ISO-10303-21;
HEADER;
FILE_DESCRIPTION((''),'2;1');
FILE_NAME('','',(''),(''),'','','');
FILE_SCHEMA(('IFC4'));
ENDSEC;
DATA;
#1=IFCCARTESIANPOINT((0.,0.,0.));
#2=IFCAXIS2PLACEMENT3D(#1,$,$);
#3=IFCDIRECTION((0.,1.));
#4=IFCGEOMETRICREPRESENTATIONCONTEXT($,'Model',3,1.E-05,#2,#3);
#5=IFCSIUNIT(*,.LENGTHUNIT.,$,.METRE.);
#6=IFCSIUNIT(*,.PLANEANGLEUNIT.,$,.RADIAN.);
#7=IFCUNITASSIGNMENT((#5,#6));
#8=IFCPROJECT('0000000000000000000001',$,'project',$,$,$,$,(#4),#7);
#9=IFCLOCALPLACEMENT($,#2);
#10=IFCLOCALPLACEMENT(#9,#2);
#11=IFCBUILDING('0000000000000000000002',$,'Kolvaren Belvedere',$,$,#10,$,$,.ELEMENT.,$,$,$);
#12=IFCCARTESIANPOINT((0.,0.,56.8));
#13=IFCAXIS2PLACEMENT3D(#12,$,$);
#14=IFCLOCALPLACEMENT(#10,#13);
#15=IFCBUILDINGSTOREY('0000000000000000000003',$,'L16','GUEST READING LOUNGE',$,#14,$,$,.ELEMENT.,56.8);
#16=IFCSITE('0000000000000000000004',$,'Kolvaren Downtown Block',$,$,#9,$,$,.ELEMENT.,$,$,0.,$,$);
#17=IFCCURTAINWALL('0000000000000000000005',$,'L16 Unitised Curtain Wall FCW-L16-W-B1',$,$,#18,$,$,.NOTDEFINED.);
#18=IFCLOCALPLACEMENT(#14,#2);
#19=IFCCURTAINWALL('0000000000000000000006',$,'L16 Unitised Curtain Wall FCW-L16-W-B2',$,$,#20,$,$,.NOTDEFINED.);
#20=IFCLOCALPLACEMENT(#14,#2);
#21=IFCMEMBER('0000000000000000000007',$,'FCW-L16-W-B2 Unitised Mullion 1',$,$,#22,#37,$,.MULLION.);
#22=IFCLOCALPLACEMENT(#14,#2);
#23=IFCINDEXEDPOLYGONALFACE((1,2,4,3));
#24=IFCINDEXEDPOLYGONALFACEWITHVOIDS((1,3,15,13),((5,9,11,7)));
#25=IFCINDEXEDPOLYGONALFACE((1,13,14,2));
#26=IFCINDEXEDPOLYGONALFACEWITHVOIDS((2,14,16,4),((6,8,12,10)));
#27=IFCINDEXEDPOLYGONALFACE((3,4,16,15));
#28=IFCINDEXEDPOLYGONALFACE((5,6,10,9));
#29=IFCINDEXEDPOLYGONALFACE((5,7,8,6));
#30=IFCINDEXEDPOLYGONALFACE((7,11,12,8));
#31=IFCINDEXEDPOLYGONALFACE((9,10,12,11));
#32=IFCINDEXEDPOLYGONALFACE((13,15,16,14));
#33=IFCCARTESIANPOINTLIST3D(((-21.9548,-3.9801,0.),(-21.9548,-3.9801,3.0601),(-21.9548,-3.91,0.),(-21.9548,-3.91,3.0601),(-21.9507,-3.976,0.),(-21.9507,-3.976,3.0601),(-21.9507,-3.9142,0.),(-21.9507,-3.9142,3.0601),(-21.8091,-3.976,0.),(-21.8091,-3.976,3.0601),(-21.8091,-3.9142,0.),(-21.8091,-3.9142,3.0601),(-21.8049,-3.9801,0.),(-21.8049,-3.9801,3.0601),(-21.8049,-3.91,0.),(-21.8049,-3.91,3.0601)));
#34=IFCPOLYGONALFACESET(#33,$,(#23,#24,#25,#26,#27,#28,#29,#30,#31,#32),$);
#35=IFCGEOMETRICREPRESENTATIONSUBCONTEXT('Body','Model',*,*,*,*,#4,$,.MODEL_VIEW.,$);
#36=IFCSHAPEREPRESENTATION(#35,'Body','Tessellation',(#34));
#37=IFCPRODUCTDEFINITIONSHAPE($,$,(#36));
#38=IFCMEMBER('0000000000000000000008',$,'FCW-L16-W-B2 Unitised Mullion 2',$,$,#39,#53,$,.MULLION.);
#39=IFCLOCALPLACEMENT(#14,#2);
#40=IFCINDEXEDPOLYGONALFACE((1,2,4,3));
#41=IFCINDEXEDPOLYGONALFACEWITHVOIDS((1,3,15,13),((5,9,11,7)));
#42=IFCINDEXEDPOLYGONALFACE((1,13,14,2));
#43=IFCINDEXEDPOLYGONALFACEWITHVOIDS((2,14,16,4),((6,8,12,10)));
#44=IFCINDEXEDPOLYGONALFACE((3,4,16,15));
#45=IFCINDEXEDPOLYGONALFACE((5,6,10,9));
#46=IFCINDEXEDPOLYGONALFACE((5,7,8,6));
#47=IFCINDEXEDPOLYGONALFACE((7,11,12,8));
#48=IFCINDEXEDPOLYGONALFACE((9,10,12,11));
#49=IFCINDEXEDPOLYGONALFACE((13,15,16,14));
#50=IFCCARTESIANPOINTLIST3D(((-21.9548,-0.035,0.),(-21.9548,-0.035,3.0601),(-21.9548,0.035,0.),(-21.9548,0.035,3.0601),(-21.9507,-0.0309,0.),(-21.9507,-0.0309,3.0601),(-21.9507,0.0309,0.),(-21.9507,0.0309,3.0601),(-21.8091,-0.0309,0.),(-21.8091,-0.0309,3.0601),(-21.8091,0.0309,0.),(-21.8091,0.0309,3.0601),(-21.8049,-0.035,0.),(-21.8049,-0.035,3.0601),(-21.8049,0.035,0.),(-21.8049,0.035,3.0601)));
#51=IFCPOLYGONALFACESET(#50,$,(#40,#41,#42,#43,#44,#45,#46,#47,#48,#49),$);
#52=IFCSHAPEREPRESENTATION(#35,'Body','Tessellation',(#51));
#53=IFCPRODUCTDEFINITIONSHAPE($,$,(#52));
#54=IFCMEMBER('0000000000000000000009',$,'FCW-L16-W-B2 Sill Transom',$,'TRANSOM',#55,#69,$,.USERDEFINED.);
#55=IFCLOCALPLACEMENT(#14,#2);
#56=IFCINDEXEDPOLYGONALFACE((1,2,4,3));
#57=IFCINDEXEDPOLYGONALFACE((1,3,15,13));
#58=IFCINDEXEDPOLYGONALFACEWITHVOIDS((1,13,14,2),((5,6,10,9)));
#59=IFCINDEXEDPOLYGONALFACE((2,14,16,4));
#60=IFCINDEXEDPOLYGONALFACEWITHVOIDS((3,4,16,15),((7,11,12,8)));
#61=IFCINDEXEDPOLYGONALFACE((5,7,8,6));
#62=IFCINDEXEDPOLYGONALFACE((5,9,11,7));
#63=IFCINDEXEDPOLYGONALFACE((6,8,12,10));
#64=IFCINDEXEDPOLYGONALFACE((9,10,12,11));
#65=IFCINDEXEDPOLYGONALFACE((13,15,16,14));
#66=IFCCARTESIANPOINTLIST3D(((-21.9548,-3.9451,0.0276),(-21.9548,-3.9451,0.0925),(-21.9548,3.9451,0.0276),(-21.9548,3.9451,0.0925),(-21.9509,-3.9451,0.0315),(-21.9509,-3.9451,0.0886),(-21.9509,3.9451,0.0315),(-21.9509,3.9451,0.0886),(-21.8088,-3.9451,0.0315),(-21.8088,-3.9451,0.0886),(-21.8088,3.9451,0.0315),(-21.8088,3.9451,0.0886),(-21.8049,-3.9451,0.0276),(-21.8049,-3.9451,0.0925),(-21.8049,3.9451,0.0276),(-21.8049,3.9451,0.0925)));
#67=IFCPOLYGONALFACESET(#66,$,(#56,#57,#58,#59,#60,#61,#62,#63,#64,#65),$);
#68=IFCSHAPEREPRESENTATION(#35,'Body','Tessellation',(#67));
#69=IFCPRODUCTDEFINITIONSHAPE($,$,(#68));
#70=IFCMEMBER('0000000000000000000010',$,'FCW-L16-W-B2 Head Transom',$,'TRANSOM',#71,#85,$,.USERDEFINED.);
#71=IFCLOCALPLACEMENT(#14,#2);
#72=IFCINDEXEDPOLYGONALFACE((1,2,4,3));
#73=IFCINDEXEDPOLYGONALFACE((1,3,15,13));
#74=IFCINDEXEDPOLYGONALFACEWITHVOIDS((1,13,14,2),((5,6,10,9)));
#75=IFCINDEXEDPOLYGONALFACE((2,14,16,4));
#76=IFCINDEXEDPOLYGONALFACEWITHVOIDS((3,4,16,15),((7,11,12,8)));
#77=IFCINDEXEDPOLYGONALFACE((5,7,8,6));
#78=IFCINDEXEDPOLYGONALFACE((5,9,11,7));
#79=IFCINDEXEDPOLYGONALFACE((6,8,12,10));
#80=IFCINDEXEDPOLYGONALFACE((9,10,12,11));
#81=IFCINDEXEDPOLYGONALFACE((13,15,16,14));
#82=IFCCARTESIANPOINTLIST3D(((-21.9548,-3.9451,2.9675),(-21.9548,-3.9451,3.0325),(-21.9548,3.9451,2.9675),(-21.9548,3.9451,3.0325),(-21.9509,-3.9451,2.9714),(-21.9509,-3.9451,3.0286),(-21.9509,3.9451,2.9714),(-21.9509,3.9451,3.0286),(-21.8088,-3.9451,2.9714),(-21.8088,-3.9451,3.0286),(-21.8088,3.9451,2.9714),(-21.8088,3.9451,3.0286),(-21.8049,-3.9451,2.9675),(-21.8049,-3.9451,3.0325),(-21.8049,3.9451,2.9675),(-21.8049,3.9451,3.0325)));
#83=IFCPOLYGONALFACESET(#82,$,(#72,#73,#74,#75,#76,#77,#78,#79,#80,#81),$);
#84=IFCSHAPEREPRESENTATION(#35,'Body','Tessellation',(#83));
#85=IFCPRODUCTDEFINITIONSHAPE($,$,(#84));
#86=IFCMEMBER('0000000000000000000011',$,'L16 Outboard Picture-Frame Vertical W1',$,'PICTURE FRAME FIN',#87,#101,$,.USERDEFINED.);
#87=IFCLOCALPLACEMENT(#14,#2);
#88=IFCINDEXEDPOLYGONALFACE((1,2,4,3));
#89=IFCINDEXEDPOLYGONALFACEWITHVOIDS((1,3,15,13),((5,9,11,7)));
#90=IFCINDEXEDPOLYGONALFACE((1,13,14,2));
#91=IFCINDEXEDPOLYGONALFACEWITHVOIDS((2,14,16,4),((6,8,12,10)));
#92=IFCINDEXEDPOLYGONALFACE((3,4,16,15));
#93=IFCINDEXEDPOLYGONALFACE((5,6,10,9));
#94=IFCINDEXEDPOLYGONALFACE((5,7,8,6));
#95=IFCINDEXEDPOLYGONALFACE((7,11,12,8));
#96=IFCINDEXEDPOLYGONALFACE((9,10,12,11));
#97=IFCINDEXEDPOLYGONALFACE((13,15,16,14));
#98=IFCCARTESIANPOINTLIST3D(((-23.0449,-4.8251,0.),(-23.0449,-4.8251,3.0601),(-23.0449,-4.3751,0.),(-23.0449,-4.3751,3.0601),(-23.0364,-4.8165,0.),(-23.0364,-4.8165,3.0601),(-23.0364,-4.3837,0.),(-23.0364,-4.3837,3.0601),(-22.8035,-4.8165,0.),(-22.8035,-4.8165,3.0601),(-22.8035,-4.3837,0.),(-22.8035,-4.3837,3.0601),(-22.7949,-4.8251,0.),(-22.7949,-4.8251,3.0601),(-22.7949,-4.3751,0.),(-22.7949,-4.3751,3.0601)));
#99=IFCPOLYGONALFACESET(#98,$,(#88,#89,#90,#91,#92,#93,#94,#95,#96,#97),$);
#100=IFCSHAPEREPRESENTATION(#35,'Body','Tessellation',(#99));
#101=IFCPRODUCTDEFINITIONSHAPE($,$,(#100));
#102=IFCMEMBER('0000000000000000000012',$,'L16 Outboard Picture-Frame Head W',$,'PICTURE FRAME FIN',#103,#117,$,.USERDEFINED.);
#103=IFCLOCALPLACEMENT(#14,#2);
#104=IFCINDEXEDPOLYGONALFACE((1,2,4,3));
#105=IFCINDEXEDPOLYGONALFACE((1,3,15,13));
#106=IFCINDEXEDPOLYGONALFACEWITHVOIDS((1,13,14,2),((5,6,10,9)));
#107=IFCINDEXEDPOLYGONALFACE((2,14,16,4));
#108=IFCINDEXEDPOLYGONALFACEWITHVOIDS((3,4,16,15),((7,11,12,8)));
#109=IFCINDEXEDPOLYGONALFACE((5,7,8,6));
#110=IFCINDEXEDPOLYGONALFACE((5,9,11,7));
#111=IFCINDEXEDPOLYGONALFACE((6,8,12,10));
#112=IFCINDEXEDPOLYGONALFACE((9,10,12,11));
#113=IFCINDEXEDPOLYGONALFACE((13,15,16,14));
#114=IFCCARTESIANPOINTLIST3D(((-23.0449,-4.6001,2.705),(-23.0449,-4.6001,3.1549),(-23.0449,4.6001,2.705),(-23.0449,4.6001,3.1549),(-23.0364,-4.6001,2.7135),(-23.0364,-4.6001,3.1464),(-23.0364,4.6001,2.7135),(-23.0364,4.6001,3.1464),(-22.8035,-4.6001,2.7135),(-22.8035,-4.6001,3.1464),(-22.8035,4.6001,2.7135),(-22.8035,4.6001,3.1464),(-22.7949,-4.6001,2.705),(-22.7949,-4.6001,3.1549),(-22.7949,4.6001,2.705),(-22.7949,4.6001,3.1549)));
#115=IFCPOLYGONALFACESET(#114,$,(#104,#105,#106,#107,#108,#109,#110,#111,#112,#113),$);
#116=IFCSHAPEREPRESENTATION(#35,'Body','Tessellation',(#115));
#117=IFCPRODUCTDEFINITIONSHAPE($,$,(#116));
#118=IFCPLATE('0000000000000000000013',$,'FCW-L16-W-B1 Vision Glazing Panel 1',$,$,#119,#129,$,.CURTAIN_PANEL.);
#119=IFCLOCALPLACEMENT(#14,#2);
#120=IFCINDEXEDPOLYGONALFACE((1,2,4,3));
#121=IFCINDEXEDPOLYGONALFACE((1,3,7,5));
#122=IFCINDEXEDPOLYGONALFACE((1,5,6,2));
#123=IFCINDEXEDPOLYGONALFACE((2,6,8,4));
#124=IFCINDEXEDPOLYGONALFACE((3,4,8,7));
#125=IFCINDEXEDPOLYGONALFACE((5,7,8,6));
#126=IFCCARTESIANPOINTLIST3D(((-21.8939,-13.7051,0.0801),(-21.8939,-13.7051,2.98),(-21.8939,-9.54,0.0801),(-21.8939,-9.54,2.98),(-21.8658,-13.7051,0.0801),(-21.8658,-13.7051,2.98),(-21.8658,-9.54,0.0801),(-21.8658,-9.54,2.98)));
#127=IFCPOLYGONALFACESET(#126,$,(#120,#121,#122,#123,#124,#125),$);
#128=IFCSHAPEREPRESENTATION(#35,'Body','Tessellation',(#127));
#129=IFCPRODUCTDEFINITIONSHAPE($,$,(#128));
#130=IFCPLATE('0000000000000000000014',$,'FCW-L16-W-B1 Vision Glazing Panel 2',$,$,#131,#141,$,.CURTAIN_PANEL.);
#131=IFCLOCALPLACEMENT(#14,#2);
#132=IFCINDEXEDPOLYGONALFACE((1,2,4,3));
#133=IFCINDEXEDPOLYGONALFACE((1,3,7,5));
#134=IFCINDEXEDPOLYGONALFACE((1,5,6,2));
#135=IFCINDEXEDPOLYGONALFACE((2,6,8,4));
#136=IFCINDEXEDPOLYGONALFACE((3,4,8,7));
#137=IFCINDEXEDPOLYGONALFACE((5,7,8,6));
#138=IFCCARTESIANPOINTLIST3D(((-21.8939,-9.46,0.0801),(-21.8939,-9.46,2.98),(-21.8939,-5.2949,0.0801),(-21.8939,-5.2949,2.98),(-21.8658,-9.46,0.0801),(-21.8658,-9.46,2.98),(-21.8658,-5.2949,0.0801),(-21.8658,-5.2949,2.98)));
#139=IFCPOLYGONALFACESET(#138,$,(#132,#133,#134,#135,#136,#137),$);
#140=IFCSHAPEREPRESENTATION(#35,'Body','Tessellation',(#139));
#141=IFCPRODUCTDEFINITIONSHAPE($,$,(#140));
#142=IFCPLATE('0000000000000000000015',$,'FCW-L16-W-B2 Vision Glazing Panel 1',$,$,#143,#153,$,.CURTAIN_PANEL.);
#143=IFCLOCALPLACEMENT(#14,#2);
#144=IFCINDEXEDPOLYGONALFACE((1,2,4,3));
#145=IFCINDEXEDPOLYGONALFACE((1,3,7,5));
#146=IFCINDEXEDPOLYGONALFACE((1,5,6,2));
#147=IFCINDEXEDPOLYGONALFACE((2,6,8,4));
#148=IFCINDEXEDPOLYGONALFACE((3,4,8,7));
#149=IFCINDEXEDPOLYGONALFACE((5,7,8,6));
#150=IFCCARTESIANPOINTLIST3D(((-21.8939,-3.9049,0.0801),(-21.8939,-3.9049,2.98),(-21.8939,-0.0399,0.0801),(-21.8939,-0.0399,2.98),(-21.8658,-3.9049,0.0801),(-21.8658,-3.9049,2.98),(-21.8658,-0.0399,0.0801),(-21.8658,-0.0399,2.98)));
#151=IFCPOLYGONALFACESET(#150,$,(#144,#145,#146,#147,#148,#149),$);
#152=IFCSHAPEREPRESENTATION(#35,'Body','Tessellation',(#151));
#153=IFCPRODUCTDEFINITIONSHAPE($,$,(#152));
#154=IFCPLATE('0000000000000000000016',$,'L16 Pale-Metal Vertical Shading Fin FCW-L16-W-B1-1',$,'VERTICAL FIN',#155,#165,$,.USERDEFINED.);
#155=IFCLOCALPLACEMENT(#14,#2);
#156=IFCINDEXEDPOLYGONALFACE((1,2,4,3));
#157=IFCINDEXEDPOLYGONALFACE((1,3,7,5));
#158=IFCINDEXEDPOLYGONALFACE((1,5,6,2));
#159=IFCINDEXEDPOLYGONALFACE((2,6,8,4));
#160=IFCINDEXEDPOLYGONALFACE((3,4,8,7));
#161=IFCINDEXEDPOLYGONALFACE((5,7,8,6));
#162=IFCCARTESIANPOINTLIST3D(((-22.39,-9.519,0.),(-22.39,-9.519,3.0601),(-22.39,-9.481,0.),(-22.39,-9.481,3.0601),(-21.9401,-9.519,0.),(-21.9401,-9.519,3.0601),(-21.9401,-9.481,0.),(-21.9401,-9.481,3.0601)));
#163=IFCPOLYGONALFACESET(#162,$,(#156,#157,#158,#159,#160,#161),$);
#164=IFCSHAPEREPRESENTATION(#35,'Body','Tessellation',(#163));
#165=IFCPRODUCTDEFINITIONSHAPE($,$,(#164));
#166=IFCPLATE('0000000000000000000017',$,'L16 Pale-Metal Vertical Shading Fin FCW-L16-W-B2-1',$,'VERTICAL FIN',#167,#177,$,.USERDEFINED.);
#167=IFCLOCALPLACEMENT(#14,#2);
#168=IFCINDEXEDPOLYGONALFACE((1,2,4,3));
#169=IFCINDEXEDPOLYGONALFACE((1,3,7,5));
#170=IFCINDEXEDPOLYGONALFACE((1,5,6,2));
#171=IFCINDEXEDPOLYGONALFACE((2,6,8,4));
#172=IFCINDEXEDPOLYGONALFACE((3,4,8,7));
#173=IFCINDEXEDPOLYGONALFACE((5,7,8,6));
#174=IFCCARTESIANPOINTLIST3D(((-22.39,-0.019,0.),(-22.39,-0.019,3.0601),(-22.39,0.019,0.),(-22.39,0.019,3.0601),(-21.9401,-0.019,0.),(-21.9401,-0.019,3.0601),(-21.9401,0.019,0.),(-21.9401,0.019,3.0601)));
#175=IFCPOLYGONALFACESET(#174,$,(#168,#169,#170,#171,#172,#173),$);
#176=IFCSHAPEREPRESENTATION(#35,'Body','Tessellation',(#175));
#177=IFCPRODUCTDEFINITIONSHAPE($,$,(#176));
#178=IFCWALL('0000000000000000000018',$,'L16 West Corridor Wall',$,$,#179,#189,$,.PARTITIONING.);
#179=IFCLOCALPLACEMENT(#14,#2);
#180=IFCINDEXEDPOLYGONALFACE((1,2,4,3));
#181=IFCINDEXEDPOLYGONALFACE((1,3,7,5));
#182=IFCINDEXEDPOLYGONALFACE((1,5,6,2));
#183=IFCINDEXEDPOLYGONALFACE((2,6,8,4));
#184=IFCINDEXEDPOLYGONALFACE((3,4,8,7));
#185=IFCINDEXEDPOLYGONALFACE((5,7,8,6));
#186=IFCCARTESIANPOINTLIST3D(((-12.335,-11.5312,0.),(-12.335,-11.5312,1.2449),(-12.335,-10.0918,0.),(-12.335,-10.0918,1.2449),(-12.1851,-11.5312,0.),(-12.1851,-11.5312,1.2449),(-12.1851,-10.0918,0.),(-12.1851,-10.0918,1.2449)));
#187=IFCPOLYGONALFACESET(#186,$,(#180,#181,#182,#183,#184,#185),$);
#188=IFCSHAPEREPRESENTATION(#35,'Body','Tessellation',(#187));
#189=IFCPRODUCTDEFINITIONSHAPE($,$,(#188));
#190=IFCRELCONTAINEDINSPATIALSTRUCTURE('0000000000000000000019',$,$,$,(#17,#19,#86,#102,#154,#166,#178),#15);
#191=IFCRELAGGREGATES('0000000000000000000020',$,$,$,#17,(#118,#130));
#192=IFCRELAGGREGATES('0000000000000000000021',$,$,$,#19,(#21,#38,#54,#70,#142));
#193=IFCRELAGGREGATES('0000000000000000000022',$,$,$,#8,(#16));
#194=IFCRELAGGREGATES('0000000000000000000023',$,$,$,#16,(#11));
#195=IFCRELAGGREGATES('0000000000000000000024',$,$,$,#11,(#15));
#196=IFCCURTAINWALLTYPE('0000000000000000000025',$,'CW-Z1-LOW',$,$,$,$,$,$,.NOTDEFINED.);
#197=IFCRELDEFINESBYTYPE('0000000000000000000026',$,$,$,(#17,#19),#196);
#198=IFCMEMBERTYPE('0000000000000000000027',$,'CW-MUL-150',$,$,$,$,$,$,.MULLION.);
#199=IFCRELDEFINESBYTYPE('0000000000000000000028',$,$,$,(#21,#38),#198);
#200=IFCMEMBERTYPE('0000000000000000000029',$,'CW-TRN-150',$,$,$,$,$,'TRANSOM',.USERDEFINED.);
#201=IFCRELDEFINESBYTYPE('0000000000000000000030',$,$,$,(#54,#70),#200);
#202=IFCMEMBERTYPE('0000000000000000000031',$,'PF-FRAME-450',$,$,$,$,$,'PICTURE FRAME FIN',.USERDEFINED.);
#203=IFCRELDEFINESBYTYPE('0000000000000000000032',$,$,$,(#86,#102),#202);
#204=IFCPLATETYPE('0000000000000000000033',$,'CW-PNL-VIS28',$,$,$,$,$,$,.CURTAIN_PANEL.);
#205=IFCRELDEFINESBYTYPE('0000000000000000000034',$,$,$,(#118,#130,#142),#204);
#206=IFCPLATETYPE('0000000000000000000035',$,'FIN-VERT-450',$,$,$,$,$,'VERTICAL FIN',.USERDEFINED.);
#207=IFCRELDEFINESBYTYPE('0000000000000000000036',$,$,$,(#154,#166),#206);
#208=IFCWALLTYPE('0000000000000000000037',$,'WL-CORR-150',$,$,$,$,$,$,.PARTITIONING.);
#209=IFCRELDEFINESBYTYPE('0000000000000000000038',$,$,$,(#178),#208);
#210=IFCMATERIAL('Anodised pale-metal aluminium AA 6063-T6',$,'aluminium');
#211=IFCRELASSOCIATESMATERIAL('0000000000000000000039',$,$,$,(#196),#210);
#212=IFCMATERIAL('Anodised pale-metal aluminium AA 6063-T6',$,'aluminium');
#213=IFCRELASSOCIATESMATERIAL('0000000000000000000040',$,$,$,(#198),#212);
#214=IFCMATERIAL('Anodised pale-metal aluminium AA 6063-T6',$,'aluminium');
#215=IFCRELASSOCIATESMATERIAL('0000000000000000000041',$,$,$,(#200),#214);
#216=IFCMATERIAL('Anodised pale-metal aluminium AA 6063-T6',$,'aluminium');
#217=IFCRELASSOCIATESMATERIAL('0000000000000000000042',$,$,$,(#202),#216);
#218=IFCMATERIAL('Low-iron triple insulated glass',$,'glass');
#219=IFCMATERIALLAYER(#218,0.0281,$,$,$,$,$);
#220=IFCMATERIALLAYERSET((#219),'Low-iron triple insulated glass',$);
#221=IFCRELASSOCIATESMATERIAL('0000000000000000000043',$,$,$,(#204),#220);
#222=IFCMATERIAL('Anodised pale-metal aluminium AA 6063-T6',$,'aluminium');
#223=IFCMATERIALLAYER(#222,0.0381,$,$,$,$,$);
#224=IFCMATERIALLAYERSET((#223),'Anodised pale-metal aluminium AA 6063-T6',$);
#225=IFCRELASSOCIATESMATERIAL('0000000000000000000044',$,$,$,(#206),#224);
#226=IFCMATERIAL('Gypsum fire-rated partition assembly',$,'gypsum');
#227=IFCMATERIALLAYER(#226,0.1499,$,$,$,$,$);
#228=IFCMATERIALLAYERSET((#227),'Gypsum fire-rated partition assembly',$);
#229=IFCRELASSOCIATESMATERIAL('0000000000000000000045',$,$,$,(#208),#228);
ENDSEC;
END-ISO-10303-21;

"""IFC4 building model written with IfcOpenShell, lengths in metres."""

from ifc_helpers import new_model, si_unit, direction, frame, frame_2d, origin, origin_2d, place, context, subcontext, project, spatial, rectangle, hollow_rectangle, extrude, material, layer, layer_set, material_profile, profile_set, type_object, element, aggregate, save


model = new_model("IFC4")

# Units and contexts
model_context = context("Model", 3, precision=1e-05, world=origin(), true_north=direction((0.0, 1.0)))
body_context = subcontext(model_context, "Body", "Model", "MODEL_VIEW")
ifc_project = project(units=[si_unit("LENGTHUNIT", "METRE"), si_unit("PLANEANGLEUNIT", "RADIAN")], contexts=[model_context])

# Site, building, storey
site_placement = place(None, origin())
site = spatial("IfcSite", under=ifc_project, at=site_placement, Name="Kolvaren Downtown Block", CompositionType="ELEMENT", RefElevation=0.0)
building_placement = place(site_placement, origin())
building = spatial("IfcBuilding", under=site, at=building_placement, Name="Kolvaren Belvedere", CompositionType="ELEMENT")
storey_placement = place(building_placement, frame((0.0, 0.0, 56.8)))
storey = spatial("IfcBuildingStorey", under=building, at=storey_placement, Name="L16", Description="GUEST READING LOUNGE", CompositionType="ELEMENT", Elevation=56.8)

# Curtain walls, members
ifc_material_1 = material(Name="Anodised pale-metal aluminium AA 6063-T6", Category="aluminium")
curtain_wall_type = type_object("IfcCurtainWallType", Name="CW-Z1-LOW", PredefinedType="NOTDEFINED", material=ifc_material_1)
curtain_wall_1_placement = place(storey_placement, origin())
curtain_wall_1 = element("IfcCurtainWall", 1, at=curtain_wall_1_placement, inside=storey, type_object=curtain_wall_type, Name="L16 Unitised Curtain Wall FCW-L16-W-B1", PredefinedType="NOTDEFINED")
ifc_material_2 = material(Name="Anodised pale-metal aluminium AA 6063-T6", Category="aluminium")
ifc_material_profile_1 = material_profile(ifc_material_2, hollow_rectangle(XDim=0.0701, YDim=0.1499, WallThickness=0.0042, at=origin_2d()), Name="ALU-MUL-150X70")
ifc_profile_set_1 = profile_set([ifc_material_profile_1], Name="Anodised pale-metal aluminium AA 6063-T6")
member_type_1 = type_object("IfcMemberType", Name="CW-MUL-150", PredefinedType="MULLION", material=ifc_profile_set_1)
curtain_wall_2_placement = place(storey_placement, origin())
curtain_wall_2 = element("IfcCurtainWall", 2, at=curtain_wall_2_placement, inside=storey, type_object=curtain_wall_type, Name="L16 Unitised Curtain Wall FCW-L16-W-B2", PredefinedType="NOTDEFINED")
member_1_placement = place(storey_placement, frame((-21.8799, -3.9451, 0.0), z_axis=(0.0, 0.0, 1.0), x_axis=(0.0, 1.0, 0.0)))
member_1 = element("IfcMember", 3, at=member_1_placement, type_object=member_type_1, Name="FCW-L16-W-B2 Unitised Mullion 1", PredefinedType="MULLION", context=body_context, shape_type="SweptSolid", body=[
    extrude(hollow_rectangle(XDim=0.0701, YDim=0.1499, WallThickness=0.0042, at=origin_2d()), origin(), (0.0, 0.0, 1.0), 3.0601),
])
member_2_placement = place(storey_placement, frame((-21.8799, 0.0, 0.0), z_axis=(0.0, 0.0, 1.0), x_axis=(0.0, 1.0, 0.0)))
member_2 = element("IfcMember", 4, at=member_2_placement, type_object=member_type_1, Name="FCW-L16-W-B2 Unitised Mullion 2", PredefinedType="MULLION", context=body_context, shape_type="SweptSolid", body=[
    extrude(hollow_rectangle(XDim=0.0701, YDim=0.1499, WallThickness=0.0042, at=origin_2d()), origin(), (0.0, 0.0, 1.0), 3.0601),
])
ifc_material_3 = material(Name="Anodised pale-metal aluminium AA 6063-T6", Category="aluminium")
ifc_material_profile_2 = material_profile(ifc_material_3, hollow_rectangle(XDim=0.0649, YDim=0.1499, WallThickness=0.0039, at=origin_2d()), Name="ALU-TRN-150X65")
ifc_profile_set_2 = profile_set([ifc_material_profile_2], Name="Anodised pale-metal aluminium AA 6063-T6")
member_type_2 = type_object("IfcMemberType", Name="CW-TRN-150", ElementType="TRANSOM", PredefinedType="USERDEFINED", material=ifc_profile_set_2)
member_3_placement = place(storey_placement, frame((-21.8799, -3.9451, 0.0601), z_axis=(0.0, 1.0, 0.0), x_axis=(0.0, 0.0, 1.0)))
member_3 = element("IfcMember", 5, at=member_3_placement, type_object=member_type_2, Name="FCW-L16-W-B2 Sill Transom", ObjectType="TRANSOM", PredefinedType="USERDEFINED", context=body_context, shape_type="SweptSolid", body=[
    extrude(hollow_rectangle(XDim=0.0649, YDim=0.1499, WallThickness=0.0039, at=origin_2d()), origin(), (0.0, 0.0, 1.0), 7.8901),
])
member_4_placement = place(storey_placement, frame((-21.8799, -3.9451, 3.0), z_axis=(0.0, 1.0, 0.0), x_axis=(0.0, 0.0, 1.0)))
member_4 = element("IfcMember", 6, at=member_4_placement, type_object=member_type_2, Name="FCW-L16-W-B2 Head Transom", ObjectType="TRANSOM", PredefinedType="USERDEFINED", context=body_context, shape_type="SweptSolid", body=[
    extrude(hollow_rectangle(XDim=0.0649, YDim=0.1499, WallThickness=0.0039, at=origin_2d()), origin(), (0.0, 0.0, 1.0), 7.8901),
])

# Members
ifc_material_4 = material(Name="Anodised pale-metal aluminium AA 6063-T6", Category="aluminium")
ifc_material_profile_3 = material_profile(ifc_material_4, hollow_rectangle(XDim=0.25, YDim=0.45, WallThickness=0.0085, at=origin_2d()), Name="ALU-PF-450X250")
ifc_profile_set_3 = profile_set([ifc_material_profile_3], Name="Anodised pale-metal aluminium AA 6063-T6")
member_type_3 = type_object("IfcMemberType", Name="PF-FRAME-450", ElementType="PICTURE FRAME FIN", PredefinedType="USERDEFINED", material=ifc_profile_set_3)
member_5_placement = place(storey_placement, frame((-22.9199, -4.6001, 0.0), z_axis=(0.0, 0.0, 1.0), x_axis=(1.0, 0.0, 0.0)))
element("IfcMember", 7, at=member_5_placement, inside=storey, type_object=member_type_3, Name="L16 Outboard Picture-Frame Vertical W1", ObjectType="PICTURE FRAME FIN", PredefinedType="USERDEFINED", context=body_context, shape_type="SweptSolid", body=[
    extrude(hollow_rectangle(XDim=0.25, YDim=0.45, WallThickness=0.0085, at=origin_2d()), origin(), (0.0, 0.0, 1.0), 3.0601),
])
member_6_placement = place(storey_placement, frame((-22.9199, -4.6001, 2.9299), z_axis=(0.0, 1.0, 0.0), x_axis=(-1.0, 0.0, 0.0)))
element("IfcMember", 8, at=member_6_placement, inside=storey, type_object=member_type_3, Name="L16 Outboard Picture-Frame Head W", ObjectType="PICTURE FRAME FIN", PredefinedType="USERDEFINED", context=body_context, shape_type="SweptSolid", body=[
    extrude(hollow_rectangle(XDim=0.25, YDim=0.45, WallThickness=0.0085, at=origin_2d()), origin(), (0.0, 0.0, 1.0), 9.2002),
])

# Plates
ifc_material_5 = material(Name="Low-iron triple insulated glass", Category="glass")
ifc_layer_1 = layer(ifc_material_5, 0.0281)
ifc_layer_set_1 = layer_set([ifc_layer_1], Name="Low-iron triple insulated glass")
plate_type_1 = type_object("IfcPlateType", Name="CW-PNL-VIS28", PredefinedType="CURTAIN_PANEL", material=ifc_layer_set_1)
plate_1_placement = place(storey_placement, frame((-21.8799, -11.6226, 0.0801), z_axis=(0.0, 0.0, 1.0), x_axis=(0.0, 1.0, 0.0)))
plate_1 = element("IfcPlate", 9, at=plate_1_placement, type_object=plate_type_1, Name="FCW-L16-W-B1 Vision Glazing Panel 1", PredefinedType="CURTAIN_PANEL", context=body_context, shape_type="SweptSolid", body=[
    extrude(rectangle(XDim=4.165, YDim=0.0281, at=origin_2d()), origin(), (0.0, 0.0, 1.0), 2.8999),
])
plate_2_placement = place(storey_placement, frame((-21.8799, -7.3774, 0.0801), z_axis=(0.0, 0.0, 1.0), x_axis=(0.0, 1.0, 0.0)))
plate_2 = element("IfcPlate", 10, at=plate_2_placement, type_object=plate_type_1, Name="FCW-L16-W-B1 Vision Glazing Panel 2", PredefinedType="CURTAIN_PANEL", context=body_context, shape_type="SweptSolid", body=[
    extrude(rectangle(XDim=4.165, YDim=0.0281, at=origin_2d()), origin(), (0.0, 0.0, 1.0), 2.8999),
])
aggregate(curtain_wall_1, [plate_1, plate_2])
plate_3_placement = place(storey_placement, frame((-21.8799, -1.9724, 0.0801), z_axis=(0.0, 0.0, 1.0), x_axis=(0.0, 1.0, 0.0)))
plate_3 = element("IfcPlate", 11, at=plate_3_placement, type_object=plate_type_1, Name="FCW-L16-W-B2 Vision Glazing Panel 1", PredefinedType="CURTAIN_PANEL", context=body_context, shape_type="SweptSolid", body=[
    extrude(rectangle(XDim=3.865, YDim=0.0281, at=origin_2d()), origin(), (0.0, 0.0, 1.0), 2.8999),
])
aggregate(curtain_wall_2, [member_1, member_2, member_3, member_4, plate_3])

# Plates
ifc_material_6 = material(Name="Anodised pale-metal aluminium AA 6063-T6", Category="aluminium")
ifc_layer_2 = layer(ifc_material_6, 0.0381)
ifc_layer_set_2 = layer_set([ifc_layer_2], Name="Anodised pale-metal aluminium AA 6063-T6")
plate_type_2 = type_object("IfcPlateType", Name="FIN-VERT-450", ElementType="VERTICAL FIN", PredefinedType="USERDEFINED", material=ifc_layer_set_2)
for number, where, z_axis, x_axis, name in (
    (12, (-22.165, -9.5, 0.0), (0.0, 0.0, 1.0), (1.0, 0.0, 0.0), "L16 Pale-Metal Vertical Shading Fin FCW-L16-W-B1-1"),
    (13, (-22.165, 0.0, 0.0), (0.0, 0.0, 1.0), (1.0, 0.0, 0.0), "L16 Pale-Metal Vertical Shading Fin FCW-L16-W-B2-1"),
):
    element("IfcPlate", number, at=place(storey_placement, frame(where, z_axis=z_axis, x_axis=x_axis)), inside=storey, type_object=plate_type_2, Name=name, ObjectType="VERTICAL FIN", PredefinedType="USERDEFINED", context=body_context, shape_type="SweptSolid", body=[
        extrude(rectangle(XDim=0.45, YDim=0.0381, at=origin_2d()), origin(), (0.0, 0.0, 1.0), 3.0601),
    ])

# Wall
ifc_material_7 = material(Name="Gypsum fire-rated partition assembly", Category="gypsum")
ifc_layer_3 = layer(ifc_material_7, 0.1499)
ifc_layer_set_3 = layer_set([ifc_layer_3], Name="Gypsum fire-rated partition assembly")
wall_type_1 = type_object("IfcWallType", Name="WL-CORR-150", PredefinedType="PARTITIONING", material=ifc_layer_set_3)
wall_1_placement = place(storey_placement, frame((-12.26, -11.5312, 0.0), z_axis=(0.0, 0.0, 1.0), x_axis=(0.0, 1.0, 0.0)))
element("IfcWall", 14, at=wall_1_placement, inside=storey, type_object=wall_type_1, Name="L16 West Corridor Wall", PredefinedType="PARTITIONING", context=body_context, shape_type="SweptSolid", body=[
    extrude(rectangle(XDim=1.4395, YDim=0.1499, at=frame_2d((0.7197, 0.0))), origin(), (0.0, 0.0, 1.0), 1.2449),
])

save(model, "model.ifc")
